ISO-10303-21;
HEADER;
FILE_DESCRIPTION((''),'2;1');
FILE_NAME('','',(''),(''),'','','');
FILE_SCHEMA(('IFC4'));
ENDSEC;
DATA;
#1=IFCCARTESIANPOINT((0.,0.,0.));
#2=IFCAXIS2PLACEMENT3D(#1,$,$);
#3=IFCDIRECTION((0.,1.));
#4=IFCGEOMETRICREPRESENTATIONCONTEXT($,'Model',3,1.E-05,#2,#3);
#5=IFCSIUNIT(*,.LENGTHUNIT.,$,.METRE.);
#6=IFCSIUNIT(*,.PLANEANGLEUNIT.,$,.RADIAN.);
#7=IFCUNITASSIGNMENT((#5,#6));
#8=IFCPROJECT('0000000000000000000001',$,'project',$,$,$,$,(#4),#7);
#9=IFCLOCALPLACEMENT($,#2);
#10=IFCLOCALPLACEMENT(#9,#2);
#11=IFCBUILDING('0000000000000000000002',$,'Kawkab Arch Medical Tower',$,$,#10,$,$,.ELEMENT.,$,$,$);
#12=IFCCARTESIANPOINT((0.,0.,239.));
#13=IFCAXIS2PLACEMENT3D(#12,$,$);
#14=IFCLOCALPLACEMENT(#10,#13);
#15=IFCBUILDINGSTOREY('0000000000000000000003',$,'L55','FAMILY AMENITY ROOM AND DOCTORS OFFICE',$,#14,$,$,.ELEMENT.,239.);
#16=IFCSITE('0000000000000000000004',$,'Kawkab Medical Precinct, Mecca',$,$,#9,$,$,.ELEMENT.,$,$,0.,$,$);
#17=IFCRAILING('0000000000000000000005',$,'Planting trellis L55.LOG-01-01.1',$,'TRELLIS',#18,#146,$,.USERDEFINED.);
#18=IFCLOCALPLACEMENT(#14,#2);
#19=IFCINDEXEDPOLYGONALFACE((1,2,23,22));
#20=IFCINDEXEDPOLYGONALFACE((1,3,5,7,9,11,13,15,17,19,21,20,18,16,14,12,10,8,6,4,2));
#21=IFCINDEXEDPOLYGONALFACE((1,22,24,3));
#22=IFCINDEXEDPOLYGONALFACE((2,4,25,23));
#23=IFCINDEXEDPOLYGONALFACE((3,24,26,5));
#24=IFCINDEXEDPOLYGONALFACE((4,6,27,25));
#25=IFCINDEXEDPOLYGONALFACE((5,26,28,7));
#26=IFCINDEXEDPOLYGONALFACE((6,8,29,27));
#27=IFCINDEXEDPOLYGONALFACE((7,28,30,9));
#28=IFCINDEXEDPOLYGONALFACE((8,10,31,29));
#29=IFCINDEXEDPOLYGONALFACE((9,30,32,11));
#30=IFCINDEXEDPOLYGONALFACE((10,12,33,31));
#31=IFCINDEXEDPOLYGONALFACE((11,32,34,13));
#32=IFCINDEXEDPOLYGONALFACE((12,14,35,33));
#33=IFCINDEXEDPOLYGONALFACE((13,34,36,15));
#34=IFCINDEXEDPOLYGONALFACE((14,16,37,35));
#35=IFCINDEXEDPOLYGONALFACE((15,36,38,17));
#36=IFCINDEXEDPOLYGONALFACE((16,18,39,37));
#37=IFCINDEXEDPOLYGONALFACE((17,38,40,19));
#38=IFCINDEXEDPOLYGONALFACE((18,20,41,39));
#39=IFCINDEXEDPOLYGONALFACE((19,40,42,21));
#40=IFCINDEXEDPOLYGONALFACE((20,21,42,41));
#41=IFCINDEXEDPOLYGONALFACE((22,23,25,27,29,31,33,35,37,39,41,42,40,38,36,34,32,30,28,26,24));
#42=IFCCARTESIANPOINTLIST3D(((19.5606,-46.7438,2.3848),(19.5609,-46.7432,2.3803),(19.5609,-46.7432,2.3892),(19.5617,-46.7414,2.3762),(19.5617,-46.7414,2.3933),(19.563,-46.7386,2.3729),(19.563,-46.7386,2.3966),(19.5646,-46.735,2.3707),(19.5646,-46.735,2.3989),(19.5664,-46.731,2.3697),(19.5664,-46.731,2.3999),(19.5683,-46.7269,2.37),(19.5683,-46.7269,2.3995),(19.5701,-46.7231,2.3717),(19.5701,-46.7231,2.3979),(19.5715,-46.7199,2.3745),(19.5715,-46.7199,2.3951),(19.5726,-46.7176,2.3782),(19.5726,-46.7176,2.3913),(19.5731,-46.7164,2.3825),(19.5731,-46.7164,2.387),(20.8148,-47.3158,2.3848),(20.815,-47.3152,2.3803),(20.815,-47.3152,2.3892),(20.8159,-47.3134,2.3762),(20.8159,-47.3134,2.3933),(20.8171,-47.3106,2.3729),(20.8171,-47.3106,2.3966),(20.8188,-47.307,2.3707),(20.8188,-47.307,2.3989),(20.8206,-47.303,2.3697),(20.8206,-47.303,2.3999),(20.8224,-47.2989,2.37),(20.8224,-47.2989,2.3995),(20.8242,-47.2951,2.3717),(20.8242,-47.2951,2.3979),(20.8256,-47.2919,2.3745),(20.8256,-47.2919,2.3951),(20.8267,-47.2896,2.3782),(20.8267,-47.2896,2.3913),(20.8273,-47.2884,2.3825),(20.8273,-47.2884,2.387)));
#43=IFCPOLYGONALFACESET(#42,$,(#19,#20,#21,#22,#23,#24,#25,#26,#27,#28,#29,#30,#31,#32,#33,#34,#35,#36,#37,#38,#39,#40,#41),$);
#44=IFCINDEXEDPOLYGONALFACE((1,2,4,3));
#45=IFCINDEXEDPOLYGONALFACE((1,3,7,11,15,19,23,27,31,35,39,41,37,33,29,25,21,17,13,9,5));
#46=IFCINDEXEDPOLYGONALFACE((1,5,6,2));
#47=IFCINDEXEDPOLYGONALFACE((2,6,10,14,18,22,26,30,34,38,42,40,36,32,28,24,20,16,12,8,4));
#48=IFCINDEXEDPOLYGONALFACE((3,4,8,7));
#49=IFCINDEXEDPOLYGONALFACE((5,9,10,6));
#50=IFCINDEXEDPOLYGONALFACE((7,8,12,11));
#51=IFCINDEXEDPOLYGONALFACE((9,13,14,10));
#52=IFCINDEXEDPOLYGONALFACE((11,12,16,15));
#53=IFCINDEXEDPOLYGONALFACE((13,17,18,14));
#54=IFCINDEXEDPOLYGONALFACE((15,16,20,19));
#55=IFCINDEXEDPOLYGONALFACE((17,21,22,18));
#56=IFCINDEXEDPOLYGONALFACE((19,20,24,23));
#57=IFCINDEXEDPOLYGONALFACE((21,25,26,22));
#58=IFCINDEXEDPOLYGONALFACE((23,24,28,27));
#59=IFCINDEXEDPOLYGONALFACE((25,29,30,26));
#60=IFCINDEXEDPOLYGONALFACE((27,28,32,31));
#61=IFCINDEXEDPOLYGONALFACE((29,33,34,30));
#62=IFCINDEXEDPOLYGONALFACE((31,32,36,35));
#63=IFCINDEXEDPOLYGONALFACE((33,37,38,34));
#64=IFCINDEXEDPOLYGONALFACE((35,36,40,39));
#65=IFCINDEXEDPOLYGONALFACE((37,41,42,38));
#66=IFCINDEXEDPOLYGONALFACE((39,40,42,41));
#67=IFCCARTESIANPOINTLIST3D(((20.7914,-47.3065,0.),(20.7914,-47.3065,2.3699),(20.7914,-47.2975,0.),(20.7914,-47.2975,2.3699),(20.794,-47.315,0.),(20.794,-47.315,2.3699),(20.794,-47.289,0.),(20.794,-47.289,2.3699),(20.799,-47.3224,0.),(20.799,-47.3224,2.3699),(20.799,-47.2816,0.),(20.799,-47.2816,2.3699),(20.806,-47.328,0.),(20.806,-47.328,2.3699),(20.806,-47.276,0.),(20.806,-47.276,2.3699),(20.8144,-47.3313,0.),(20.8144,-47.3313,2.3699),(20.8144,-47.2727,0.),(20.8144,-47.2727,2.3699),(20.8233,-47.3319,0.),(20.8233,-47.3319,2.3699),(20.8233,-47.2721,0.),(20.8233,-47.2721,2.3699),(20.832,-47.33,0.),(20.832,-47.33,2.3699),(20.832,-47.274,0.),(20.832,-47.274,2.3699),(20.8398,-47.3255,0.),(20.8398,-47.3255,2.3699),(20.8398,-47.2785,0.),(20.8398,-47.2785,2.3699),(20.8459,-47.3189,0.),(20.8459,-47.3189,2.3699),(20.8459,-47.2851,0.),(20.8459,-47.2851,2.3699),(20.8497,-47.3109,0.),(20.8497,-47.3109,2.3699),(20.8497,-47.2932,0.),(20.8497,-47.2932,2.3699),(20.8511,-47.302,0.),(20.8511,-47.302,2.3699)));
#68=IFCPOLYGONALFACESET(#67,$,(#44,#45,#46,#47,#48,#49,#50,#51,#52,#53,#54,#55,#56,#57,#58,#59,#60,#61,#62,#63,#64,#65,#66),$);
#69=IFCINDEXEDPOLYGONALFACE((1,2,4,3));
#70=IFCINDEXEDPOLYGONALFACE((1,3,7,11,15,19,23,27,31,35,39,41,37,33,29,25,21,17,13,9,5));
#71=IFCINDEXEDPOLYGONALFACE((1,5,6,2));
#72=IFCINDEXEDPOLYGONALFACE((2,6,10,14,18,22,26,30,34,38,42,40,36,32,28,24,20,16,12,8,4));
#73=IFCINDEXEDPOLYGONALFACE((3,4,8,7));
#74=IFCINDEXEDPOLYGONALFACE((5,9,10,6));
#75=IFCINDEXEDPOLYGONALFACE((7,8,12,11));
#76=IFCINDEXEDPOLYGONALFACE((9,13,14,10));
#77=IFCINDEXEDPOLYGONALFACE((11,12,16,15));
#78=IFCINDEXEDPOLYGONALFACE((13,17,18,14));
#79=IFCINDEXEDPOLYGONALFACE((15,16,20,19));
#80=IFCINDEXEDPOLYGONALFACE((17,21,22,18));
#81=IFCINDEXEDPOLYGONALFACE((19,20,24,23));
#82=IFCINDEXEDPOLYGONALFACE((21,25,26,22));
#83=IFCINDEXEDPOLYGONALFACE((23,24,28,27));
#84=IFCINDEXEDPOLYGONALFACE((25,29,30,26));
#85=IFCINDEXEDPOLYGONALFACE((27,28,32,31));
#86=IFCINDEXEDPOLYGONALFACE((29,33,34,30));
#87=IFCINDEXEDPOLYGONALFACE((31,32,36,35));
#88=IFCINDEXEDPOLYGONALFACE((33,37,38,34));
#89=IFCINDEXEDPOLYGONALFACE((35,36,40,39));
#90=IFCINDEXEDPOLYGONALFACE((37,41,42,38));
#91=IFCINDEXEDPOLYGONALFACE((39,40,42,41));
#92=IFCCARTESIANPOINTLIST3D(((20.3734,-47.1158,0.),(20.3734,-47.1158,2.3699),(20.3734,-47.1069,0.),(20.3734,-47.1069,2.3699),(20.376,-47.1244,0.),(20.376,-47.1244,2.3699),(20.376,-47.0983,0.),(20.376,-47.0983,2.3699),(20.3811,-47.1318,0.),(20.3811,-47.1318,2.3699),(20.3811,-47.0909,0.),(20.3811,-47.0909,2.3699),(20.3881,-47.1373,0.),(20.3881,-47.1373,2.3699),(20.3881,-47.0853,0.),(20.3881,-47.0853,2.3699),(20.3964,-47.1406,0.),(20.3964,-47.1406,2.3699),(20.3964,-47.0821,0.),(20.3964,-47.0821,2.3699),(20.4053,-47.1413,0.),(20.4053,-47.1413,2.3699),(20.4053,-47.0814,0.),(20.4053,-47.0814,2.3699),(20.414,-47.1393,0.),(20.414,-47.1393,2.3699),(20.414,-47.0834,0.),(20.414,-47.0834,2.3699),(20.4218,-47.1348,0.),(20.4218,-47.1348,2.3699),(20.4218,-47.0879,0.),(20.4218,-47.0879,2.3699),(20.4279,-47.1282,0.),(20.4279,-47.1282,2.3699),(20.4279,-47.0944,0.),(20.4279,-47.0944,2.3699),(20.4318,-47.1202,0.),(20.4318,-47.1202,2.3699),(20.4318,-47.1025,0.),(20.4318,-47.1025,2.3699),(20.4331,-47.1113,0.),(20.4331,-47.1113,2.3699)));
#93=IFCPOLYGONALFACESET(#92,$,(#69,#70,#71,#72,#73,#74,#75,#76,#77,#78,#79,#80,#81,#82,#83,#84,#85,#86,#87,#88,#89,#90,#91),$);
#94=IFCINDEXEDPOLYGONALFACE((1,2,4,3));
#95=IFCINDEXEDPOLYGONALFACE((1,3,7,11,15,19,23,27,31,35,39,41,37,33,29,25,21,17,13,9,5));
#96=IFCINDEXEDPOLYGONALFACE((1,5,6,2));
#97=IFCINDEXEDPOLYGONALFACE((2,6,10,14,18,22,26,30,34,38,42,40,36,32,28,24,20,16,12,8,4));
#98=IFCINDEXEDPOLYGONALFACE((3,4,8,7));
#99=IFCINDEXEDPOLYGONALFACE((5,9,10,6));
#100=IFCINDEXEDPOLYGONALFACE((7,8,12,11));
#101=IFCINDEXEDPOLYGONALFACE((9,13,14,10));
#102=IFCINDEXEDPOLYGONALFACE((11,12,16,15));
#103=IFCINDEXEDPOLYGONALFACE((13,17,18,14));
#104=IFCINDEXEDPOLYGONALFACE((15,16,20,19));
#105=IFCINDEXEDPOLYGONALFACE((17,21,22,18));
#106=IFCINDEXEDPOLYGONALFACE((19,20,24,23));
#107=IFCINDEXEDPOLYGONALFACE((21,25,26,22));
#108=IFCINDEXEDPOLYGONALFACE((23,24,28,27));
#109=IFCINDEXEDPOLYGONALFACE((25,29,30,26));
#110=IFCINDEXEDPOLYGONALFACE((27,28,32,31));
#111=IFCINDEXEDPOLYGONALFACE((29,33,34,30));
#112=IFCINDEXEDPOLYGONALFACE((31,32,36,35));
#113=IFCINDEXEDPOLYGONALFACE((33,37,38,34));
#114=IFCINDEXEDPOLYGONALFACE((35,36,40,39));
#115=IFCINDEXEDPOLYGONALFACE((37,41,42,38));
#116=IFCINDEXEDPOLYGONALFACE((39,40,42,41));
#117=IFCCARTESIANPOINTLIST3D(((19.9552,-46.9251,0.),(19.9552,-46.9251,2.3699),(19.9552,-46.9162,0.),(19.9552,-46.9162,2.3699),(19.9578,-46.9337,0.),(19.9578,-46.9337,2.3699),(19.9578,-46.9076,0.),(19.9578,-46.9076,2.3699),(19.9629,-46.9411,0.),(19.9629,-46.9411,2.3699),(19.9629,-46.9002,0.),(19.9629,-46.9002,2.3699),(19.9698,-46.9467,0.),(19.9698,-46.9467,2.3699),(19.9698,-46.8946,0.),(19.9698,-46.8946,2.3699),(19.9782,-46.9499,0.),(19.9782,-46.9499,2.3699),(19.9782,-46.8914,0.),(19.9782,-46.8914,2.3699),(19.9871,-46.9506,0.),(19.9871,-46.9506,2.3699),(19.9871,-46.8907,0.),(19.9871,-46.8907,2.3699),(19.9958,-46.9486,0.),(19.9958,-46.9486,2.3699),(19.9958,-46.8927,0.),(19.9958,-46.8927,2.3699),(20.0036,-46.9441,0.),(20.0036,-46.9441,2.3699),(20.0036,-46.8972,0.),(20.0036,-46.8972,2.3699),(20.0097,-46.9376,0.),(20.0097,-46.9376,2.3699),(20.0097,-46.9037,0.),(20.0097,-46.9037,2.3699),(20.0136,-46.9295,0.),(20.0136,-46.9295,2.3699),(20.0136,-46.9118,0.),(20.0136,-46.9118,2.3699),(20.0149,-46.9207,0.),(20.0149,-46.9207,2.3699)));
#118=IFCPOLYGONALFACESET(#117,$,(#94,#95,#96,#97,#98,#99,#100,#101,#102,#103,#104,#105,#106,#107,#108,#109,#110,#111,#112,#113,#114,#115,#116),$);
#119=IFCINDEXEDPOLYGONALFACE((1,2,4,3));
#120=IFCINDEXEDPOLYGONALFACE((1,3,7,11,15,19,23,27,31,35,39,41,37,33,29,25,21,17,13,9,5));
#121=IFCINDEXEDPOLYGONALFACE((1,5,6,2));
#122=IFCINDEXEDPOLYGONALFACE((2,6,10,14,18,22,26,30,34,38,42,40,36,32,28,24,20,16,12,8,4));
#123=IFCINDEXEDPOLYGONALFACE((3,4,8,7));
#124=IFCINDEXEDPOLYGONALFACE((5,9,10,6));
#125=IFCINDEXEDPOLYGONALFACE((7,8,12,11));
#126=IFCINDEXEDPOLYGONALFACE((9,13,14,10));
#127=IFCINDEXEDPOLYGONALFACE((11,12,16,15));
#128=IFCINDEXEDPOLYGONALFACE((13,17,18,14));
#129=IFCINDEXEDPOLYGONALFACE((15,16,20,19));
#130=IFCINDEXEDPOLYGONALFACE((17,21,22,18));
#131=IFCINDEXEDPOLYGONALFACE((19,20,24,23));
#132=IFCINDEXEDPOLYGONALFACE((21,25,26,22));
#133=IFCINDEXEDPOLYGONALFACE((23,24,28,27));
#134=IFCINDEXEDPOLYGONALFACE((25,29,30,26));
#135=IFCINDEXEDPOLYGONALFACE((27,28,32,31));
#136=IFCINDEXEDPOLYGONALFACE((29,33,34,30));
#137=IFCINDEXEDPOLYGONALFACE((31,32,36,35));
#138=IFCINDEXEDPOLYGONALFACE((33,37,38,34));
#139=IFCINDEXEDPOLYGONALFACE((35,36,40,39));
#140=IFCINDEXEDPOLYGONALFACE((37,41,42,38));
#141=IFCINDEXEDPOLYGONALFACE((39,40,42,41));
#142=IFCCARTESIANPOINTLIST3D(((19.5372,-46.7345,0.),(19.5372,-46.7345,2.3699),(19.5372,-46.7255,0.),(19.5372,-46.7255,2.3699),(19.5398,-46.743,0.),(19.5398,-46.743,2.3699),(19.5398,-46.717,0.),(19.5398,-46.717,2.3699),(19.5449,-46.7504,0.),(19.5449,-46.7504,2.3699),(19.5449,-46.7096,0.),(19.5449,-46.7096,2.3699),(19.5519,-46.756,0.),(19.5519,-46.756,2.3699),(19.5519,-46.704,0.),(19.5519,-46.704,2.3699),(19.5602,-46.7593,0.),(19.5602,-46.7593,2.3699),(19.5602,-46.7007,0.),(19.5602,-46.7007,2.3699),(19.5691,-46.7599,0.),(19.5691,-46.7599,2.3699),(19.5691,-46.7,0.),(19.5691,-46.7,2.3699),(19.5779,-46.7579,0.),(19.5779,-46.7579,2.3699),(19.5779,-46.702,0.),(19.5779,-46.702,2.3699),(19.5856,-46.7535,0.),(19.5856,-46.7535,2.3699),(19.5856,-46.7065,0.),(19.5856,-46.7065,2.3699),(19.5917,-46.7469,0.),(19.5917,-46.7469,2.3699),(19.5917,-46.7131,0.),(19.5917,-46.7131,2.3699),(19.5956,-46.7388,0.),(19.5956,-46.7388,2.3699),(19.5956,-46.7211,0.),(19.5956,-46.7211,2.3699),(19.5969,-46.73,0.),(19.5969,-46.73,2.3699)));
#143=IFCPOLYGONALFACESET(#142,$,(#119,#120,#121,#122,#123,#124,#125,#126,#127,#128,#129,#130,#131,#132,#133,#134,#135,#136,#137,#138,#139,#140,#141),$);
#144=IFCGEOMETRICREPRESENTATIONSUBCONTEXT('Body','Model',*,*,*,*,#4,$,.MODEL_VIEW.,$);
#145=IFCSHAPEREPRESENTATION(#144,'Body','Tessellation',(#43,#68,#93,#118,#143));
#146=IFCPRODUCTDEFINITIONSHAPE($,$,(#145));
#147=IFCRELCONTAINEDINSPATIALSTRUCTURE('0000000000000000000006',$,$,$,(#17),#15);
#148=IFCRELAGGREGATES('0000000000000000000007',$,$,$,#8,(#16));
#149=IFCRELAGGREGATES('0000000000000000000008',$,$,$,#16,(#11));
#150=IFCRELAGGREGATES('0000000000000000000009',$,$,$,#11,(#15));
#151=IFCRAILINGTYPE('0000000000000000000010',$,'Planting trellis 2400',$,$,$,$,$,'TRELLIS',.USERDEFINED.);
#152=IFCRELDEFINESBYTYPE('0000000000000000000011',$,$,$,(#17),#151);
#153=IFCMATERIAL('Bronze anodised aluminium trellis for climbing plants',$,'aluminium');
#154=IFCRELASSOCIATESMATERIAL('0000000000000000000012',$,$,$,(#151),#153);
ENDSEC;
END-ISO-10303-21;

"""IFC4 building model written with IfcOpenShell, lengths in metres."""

from ifc_helpers import new_model, si_unit, direction, frame, origin, origin_2d, place, context, subcontext, project, spatial, circle, extrude, material, type_object, element, save


model = new_model("IFC4")

# Units and contexts
model_context = context("Model", 3, precision=1e-05, world=origin(), true_north=direction((0.0, 1.0)))
body_context = subcontext(model_context, "Body", "Model", "MODEL_VIEW")
ifc_project = project(units=[si_unit("LENGTHUNIT", "METRE"), si_unit("PLANEANGLEUNIT", "RADIAN")], contexts=[model_context])

# Site, building, storey
site_placement = place(None, origin())
site = spatial("IfcSite", under=ifc_project, at=site_placement, Name="Kawkab Medical Precinct, Mecca", CompositionType="ELEMENT", RefElevation=0.0)
building_placement = place(site_placement, origin())
building = spatial("IfcBuilding", under=site, at=building_placement, Name="Kawkab Arch Medical Tower", CompositionType="ELEMENT")
storey_placement = place(building_placement, frame((0.0, 0.0, 239.0)))
storey = spatial("IfcBuildingStorey", under=building, at=storey_placement, Name="L55", Description="FAMILY AMENITY ROOM AND DOCTORS OFFICE", CompositionType="ELEMENT", Elevation=239.0)

# Railing
ifc_material_1 = material(Name="Bronze anodised aluminium trellis for climbing plants", Category="aluminium")
railing_type_1 = type_object("IfcRailingType", Name="Planting trellis 2400", ElementType="TRELLIS", PredefinedType="USERDEFINED", material=ifc_material_1)
railing_1_placement = place(storey_placement, frame((20.821, -47.302, 0.0)))
element("IfcRailing", 1, at=railing_1_placement, inside=storey, type_object=railing_type_1, Name="Planting trellis L55.LOG-01-01.1", ObjectType="TRELLIS", PredefinedType="USERDEFINED", context=body_context, shape_type="SweptSolid", body=[
    extrude(circle(Radius=0.0151, at=origin_2d()), frame((0.0, 0.0, 2.3848), z_axis=(-0.909832, 0.414977, 0.0), x_axis=(-0.414977, -0.909832, 0.0)), (0.0, 0.0, 1.0), 1.3784),
    extrude(circle(Radius=0.03, at=origin_2d()), origin(), (0.0, 0.0, 1.0), 2.3699),
    extrude(circle(Radius=0.03, at=origin_2d()), frame((-0.418, 0.1907, 0.0)), (0.0, 0.0, 1.0), 2.3699),
    extrude(circle(Radius=0.03, at=origin_2d()), frame((-0.8362, 0.3813, 0.0)), (0.0, 0.0, 1.0), 2.3699),
    extrude(circle(Radius=0.03, at=origin_2d()), frame((-1.2542, 0.572, 0.0)), (0.0, 0.0, 1.0), 2.3699),
])

save(model, "model.ifc")
